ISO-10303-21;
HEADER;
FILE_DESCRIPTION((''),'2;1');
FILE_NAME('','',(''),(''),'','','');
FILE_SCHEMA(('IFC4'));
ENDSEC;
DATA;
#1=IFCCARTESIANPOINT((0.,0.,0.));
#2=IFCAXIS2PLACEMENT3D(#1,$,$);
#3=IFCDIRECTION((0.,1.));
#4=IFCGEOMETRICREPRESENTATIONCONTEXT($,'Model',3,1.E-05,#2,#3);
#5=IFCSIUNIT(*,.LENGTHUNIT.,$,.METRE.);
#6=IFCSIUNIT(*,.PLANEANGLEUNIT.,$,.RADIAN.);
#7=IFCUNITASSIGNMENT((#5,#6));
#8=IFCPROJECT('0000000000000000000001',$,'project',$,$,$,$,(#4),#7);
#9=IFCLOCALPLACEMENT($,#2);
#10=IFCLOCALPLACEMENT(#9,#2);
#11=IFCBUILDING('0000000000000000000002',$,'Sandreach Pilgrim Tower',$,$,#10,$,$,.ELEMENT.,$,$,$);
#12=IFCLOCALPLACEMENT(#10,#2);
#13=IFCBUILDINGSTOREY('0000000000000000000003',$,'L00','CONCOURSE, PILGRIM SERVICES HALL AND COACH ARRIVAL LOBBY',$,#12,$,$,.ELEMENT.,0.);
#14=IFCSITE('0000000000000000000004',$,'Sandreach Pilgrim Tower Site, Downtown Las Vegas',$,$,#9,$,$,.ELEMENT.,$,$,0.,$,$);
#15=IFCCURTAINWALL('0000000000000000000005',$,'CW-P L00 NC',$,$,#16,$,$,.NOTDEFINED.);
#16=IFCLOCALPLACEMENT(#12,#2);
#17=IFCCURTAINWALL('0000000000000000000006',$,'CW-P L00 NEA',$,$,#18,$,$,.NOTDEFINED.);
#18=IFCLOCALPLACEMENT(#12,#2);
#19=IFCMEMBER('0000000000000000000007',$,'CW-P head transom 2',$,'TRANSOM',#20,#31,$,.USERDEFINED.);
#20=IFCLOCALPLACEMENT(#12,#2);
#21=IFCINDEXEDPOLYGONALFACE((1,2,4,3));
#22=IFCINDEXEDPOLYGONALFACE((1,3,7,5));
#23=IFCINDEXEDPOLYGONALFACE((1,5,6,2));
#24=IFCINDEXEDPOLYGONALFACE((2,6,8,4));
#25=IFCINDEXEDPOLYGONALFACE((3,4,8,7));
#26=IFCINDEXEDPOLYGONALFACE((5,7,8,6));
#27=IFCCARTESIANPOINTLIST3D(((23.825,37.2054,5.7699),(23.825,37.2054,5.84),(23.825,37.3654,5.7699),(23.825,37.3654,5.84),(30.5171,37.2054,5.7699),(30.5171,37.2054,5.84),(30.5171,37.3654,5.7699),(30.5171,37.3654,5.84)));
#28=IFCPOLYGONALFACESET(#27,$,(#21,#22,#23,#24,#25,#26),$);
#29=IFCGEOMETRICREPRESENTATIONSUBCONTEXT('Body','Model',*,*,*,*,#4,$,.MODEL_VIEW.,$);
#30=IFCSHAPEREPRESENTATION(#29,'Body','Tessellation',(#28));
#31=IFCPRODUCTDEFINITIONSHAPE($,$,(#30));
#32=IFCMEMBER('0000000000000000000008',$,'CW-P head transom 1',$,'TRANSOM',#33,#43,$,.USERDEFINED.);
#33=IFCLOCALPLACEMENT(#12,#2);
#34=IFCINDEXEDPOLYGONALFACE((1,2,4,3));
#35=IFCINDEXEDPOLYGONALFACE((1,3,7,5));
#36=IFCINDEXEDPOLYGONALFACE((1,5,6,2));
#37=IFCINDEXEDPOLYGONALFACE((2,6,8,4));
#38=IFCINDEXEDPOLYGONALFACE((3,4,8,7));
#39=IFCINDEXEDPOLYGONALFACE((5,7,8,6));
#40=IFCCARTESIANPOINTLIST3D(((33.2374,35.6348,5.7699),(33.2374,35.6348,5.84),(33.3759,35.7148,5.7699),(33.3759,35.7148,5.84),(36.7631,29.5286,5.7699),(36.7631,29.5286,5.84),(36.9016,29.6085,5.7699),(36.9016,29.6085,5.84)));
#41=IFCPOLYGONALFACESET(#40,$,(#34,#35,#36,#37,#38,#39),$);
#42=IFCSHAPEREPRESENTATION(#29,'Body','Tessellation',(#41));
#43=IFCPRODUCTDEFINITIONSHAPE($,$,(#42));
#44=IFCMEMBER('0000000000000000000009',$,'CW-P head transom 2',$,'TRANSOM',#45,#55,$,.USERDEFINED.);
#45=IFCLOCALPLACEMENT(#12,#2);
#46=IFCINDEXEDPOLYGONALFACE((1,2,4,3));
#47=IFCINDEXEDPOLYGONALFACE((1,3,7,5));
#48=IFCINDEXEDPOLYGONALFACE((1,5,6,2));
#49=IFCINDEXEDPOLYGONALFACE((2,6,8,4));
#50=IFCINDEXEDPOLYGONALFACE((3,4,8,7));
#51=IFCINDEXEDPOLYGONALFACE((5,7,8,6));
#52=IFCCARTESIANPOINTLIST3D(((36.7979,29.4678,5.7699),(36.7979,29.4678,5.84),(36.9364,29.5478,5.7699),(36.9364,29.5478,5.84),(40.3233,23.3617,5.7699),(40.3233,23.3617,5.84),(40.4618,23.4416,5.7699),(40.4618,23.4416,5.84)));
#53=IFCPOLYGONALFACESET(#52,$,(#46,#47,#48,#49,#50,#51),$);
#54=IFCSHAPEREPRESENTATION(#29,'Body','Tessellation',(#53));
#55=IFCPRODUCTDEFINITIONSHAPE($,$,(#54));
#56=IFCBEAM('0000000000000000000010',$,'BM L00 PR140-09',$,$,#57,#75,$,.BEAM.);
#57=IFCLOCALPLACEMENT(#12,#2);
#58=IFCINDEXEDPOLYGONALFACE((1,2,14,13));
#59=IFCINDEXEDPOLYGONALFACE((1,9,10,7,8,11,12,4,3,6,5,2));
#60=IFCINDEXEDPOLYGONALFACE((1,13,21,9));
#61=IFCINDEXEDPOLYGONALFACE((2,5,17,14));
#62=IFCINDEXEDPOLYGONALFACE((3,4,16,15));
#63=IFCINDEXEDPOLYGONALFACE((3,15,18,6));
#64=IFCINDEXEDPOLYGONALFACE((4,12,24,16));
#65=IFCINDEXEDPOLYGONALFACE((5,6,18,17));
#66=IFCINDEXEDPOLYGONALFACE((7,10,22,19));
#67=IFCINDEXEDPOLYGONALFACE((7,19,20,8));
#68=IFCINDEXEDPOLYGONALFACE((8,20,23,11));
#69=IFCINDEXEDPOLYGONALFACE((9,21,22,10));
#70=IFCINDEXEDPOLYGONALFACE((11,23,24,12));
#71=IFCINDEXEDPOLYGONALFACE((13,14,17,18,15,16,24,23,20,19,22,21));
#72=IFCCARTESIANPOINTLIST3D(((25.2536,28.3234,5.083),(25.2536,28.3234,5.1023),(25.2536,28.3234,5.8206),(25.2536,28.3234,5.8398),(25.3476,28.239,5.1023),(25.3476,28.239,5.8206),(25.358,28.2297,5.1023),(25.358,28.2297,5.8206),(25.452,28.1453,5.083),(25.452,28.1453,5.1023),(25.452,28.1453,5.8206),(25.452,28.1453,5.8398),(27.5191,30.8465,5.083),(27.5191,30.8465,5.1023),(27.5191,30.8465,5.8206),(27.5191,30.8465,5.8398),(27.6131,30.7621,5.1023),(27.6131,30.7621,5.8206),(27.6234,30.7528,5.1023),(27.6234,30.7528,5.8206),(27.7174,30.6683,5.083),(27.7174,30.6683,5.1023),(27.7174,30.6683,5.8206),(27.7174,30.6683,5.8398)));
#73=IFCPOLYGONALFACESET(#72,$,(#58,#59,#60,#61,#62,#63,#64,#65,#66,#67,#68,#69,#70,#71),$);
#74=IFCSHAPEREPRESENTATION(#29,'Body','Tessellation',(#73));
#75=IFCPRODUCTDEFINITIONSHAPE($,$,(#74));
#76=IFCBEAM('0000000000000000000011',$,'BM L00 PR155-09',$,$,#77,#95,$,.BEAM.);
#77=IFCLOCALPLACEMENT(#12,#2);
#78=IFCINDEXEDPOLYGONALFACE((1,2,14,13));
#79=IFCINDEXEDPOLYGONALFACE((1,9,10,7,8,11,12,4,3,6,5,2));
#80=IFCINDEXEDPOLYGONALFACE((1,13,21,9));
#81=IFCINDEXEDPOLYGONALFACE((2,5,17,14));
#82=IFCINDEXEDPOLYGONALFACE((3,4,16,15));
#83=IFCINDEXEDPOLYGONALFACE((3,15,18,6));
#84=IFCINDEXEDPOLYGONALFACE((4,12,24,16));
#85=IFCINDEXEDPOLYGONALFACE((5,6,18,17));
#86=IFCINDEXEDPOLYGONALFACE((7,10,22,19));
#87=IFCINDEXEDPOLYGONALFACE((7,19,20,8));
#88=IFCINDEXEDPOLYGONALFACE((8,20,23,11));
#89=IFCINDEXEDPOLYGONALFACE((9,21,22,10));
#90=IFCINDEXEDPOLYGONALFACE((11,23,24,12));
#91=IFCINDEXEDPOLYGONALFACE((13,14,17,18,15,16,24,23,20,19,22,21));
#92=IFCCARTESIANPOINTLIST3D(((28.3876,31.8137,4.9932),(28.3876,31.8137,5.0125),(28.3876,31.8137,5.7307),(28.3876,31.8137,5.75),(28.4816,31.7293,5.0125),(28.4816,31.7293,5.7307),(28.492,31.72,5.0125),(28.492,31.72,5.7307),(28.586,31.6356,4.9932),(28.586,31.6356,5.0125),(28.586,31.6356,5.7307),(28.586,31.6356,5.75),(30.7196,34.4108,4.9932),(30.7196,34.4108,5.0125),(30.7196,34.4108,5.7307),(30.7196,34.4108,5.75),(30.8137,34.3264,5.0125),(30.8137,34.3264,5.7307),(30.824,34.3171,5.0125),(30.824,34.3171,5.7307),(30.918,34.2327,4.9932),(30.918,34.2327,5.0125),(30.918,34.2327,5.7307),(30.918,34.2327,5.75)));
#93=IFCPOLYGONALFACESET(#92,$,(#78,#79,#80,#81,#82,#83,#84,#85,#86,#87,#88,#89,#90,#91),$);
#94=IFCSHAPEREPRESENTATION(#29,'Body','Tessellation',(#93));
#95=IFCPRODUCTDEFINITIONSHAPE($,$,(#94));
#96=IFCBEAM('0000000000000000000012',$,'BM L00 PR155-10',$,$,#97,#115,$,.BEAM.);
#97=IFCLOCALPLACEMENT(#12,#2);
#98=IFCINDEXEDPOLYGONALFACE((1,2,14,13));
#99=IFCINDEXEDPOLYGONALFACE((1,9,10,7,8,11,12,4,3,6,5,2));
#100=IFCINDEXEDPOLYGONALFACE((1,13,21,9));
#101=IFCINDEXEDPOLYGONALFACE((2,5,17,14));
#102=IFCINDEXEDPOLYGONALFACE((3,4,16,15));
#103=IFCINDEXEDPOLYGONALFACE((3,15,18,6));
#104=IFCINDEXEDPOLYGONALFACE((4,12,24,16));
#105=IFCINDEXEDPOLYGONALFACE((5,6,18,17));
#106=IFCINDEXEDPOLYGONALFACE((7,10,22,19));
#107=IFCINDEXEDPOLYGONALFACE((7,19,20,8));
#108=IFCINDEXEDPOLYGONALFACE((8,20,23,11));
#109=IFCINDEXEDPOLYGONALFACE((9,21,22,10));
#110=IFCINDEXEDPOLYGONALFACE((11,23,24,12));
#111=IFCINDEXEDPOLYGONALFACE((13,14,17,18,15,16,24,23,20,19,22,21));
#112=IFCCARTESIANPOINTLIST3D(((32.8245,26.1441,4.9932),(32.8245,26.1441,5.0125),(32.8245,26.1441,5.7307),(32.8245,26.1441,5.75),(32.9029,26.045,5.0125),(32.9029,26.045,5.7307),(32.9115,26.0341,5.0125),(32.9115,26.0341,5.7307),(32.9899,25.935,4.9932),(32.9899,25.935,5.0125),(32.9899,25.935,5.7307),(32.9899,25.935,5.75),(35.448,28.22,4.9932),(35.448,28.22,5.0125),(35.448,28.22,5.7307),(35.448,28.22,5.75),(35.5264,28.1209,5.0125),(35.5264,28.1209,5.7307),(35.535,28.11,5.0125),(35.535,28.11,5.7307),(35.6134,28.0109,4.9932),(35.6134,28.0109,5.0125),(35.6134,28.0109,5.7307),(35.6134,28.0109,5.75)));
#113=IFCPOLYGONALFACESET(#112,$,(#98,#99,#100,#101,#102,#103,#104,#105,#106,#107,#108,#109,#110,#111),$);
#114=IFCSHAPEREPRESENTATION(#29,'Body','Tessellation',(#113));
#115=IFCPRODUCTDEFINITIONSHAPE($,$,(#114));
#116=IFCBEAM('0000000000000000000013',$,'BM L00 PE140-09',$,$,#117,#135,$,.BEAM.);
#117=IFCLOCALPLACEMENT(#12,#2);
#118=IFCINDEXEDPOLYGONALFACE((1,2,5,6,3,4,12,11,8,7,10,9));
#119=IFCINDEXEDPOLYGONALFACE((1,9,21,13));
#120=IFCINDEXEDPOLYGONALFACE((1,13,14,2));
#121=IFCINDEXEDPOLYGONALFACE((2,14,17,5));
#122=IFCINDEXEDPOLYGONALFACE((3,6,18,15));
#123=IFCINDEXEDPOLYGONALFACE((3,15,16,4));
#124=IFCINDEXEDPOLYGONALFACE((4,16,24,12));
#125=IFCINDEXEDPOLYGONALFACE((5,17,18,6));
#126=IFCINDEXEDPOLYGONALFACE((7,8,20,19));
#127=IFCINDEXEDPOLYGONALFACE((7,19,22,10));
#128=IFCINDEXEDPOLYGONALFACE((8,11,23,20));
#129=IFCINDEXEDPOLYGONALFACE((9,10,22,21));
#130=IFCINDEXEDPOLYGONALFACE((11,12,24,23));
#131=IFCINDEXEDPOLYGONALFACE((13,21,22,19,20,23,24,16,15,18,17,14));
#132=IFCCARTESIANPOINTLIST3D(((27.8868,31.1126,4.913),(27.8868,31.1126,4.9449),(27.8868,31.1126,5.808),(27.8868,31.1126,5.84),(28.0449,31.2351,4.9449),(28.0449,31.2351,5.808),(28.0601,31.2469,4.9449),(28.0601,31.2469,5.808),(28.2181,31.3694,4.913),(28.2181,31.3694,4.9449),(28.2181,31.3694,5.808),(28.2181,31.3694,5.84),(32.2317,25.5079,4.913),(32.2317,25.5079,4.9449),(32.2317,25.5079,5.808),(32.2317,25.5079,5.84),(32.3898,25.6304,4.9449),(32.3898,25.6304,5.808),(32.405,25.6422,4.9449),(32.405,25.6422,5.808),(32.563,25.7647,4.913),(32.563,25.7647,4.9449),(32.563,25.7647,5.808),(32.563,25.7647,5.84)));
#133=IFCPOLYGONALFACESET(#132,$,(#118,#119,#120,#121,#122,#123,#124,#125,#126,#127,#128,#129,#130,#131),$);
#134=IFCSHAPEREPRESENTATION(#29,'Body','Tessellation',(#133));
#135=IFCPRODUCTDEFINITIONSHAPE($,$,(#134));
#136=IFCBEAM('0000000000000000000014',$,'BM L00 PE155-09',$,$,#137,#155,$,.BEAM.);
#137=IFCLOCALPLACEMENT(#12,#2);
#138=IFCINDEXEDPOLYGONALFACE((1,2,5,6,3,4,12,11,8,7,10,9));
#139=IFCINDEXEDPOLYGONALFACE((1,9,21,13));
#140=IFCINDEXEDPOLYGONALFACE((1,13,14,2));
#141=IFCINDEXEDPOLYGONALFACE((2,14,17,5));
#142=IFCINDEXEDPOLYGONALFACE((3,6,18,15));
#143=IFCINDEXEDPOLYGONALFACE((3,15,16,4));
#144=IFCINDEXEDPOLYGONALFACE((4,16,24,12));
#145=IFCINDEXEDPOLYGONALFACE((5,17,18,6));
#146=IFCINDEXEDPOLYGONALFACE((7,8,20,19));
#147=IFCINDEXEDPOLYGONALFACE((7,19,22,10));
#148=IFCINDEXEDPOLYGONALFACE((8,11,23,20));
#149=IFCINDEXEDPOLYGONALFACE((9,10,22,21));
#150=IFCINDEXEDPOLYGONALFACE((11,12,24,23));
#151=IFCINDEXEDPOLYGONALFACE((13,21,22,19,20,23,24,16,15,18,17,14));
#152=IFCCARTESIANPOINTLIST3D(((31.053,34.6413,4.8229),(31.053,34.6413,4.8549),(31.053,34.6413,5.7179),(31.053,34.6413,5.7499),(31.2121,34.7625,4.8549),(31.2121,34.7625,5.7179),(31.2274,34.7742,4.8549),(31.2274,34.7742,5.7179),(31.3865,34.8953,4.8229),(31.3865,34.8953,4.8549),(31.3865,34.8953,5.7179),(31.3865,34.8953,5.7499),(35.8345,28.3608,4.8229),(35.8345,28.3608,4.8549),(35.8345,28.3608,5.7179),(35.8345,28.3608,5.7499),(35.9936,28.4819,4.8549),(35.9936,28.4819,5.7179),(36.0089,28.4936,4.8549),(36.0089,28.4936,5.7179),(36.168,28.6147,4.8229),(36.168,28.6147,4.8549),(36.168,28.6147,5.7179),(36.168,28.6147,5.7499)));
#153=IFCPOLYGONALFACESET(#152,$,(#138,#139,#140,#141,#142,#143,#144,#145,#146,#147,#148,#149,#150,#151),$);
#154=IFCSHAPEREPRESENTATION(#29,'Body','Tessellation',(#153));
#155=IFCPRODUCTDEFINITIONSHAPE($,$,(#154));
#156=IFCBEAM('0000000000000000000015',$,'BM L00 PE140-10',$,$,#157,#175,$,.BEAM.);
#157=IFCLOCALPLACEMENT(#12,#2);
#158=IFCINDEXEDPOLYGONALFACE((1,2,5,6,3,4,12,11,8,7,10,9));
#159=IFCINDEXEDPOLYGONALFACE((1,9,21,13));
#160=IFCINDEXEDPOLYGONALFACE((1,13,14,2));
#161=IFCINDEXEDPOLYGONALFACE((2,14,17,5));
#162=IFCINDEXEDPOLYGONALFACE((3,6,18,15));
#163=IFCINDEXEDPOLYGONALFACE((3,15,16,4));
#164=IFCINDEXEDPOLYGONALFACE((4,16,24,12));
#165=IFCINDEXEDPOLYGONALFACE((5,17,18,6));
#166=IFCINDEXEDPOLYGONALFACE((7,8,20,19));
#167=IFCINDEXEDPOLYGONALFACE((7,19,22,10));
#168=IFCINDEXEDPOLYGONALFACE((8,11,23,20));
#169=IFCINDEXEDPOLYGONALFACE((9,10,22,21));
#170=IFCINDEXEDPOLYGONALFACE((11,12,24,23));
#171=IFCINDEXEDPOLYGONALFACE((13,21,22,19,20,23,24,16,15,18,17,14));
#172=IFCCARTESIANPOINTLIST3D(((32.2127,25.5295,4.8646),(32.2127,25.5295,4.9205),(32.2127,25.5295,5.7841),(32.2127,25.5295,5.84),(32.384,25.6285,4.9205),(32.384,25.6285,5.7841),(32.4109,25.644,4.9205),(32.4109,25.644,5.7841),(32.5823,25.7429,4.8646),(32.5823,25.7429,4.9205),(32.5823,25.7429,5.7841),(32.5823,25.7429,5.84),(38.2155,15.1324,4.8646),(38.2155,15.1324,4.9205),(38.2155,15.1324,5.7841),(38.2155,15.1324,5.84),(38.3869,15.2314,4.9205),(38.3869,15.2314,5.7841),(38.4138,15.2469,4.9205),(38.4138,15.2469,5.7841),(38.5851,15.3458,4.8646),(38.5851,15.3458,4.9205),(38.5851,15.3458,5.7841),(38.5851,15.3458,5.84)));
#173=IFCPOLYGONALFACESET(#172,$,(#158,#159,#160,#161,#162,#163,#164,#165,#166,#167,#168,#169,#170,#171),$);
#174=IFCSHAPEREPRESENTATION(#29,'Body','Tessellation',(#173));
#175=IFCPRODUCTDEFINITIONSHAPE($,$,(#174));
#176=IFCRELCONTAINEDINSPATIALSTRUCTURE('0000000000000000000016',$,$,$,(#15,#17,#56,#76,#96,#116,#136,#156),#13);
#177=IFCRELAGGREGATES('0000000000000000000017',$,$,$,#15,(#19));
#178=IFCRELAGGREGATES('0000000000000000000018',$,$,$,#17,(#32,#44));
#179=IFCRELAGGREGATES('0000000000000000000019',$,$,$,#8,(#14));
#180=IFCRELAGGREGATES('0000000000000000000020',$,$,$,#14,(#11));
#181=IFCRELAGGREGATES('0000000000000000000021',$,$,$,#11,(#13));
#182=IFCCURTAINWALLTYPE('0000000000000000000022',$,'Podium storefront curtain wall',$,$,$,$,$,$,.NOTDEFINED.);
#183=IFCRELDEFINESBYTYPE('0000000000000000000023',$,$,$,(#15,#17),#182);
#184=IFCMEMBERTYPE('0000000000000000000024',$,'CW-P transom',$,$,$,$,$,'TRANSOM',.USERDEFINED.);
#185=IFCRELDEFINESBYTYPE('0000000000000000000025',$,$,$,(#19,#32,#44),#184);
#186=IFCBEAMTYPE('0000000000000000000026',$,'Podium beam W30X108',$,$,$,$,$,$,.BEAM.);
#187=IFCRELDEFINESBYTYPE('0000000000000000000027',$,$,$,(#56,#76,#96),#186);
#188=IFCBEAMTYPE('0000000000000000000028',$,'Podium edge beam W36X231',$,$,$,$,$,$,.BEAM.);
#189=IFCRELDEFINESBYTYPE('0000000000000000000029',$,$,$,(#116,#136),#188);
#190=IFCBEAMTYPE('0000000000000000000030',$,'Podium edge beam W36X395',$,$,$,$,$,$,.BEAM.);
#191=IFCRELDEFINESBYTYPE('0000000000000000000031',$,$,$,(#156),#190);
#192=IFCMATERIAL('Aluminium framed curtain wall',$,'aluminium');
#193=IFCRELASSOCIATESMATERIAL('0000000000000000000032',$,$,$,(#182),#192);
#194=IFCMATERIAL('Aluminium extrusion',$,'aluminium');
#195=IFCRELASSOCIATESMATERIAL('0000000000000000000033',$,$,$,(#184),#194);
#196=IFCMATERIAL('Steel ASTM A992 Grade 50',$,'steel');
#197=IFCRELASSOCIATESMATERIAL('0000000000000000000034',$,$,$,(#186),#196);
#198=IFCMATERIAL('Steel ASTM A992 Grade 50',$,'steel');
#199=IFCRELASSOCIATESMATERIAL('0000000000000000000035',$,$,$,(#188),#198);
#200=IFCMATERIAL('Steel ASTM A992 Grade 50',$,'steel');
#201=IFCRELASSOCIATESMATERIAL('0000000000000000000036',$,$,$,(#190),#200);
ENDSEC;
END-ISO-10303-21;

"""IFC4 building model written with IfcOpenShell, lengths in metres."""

from ifc_helpers import new_model, si_unit, direction, frame, origin, origin_2d, place, context, subcontext, project, spatial, rectangle, i_section, extrude, material, material_profile, profile_set, type_object, element, aggregate, save


model = new_model("IFC4")

# Units and contexts
model_context = context("Model", 3, precision=1e-05, world=origin(), true_north=direction((0.0, 1.0)))
body_context = subcontext(model_context, "Body", "Model", "MODEL_VIEW")
ifc_project = project(units=[si_unit("LENGTHUNIT", "METRE"), si_unit("PLANEANGLEUNIT", "RADIAN")], contexts=[model_context])

# Site, building, storey
site_placement = place(None, origin())
site = spatial("IfcSite", under=ifc_project, at=site_placement, Name="Sandreach Pilgrim Tower Site, Downtown Las Vegas", CompositionType="ELEMENT", RefElevation=0.0)
building_placement = place(site_placement, origin())
building = spatial("IfcBuilding", under=site, at=building_placement, Name="Sandreach Pilgrim Tower", CompositionType="ELEMENT")
storey_placement = place(building_placement, origin())
storey = spatial("IfcBuildingStorey", under=building, at=storey_placement, Name="L00", Description="CONCOURSE, PILGRIM SERVICES HALL AND COACH ARRIVAL LOBBY", CompositionType="ELEMENT", Elevation=0.0)

# Curtain walls
ifc_material_1 = material(Name="Aluminium framed curtain wall", Category="aluminium")
curtain_wall_type = type_object("IfcCurtainWallType", Name="Podium storefront curtain wall", PredefinedType="NOTDEFINED", material=ifc_material_1)
curtain_wall_1_placement = place(storey_placement, origin())
curtain_wall_1 = element("IfcCurtainWall", 1, at=curtain_wall_1_placement, inside=storey, type_object=curtain_wall_type, Name="CW-P L00 NC", PredefinedType="NOTDEFINED")
curtain_wall_2_placement = place(storey_placement, origin())
curtain_wall_2 = element("IfcCurtainWall", 2, at=curtain_wall_2_placement, inside=storey, type_object=curtain_wall_type, Name="CW-P L00 NEA", PredefinedType="NOTDEFINED")

# Members
ifc_material_2 = material(Name="Aluminium extrusion", Category="aluminium")
ifc_material_profile_1 = material_profile(ifc_material_2, rectangle(XDim=0.1599, YDim=0.0701, at=origin_2d()), Name="CW-PT 160X70")
ifc_profile_set_1 = profile_set([ifc_material_profile_1], Name="Aluminium extrusion")
member_type_1 = type_object("IfcMemberType", Name="CW-P transom", ElementType="TRANSOM", PredefinedType="USERDEFINED", material=ifc_profile_set_1)
member_1_placement = place(storey_placement, frame((23.825, 37.2854, 5.8049), z_axis=(1.0, 0.0, 0.0), x_axis=(0.0, 1.0, 0.0)))
member_1 = element("IfcMember", 3, at=member_1_placement, type_object=member_type_1, Name="CW-P head transom 2", ObjectType="TRANSOM", PredefinedType="USERDEFINED", context=body_context, shape_type="SweptSolid", body=[
    extrude(rectangle(XDim=0.1599, YDim=0.0701, at=origin_2d()), origin(), (0.0, 0.0, 1.0), 6.6921),
])
member_2_placement = place(storey_placement, frame((33.3066, 35.6748, 5.8049), z_axis=(0.500023, -0.866012, 0.0), x_axis=(0.866012, 0.500023, 0.0)))
member_2 = element("IfcMember", 4, at=member_2_placement, type_object=member_type_1, Name="CW-P head transom 1", ObjectType="TRANSOM", PredefinedType="USERDEFINED", context=body_context, shape_type="SweptSolid", body=[
    extrude(rectangle(XDim=0.1599, YDim=0.0701, at=origin_2d()), origin(), (0.0, 0.0, 1.0), 7.051),
])
member_3_placement = place(storey_placement, frame((36.8672, 29.5078, 5.8049), z_axis=(0.499997, -0.866027, 0.0), x_axis=(0.866027, 0.499997, 0.0)))
member_3 = element("IfcMember", 5, at=member_3_placement, type_object=member_type_1, Name="CW-P head transom 2", ObjectType="TRANSOM", PredefinedType="USERDEFINED", context=body_context, shape_type="SweptSolid", body=[
    extrude(rectangle(XDim=0.1599, YDim=0.0701, at=origin_2d()), origin(), (0.0, 0.0, 1.0), 7.0508),
])

# Beams
ifc_material_3 = material(Name="Steel ASTM A992 Grade 50", Category="steel")
ifc_material_profile_2 = material_profile(ifc_material_3, i_section(OverallWidth=0.2666, OverallDepth=0.7568, WebThickness=0.0139, FlangeThickness=0.0193, at=origin_2d()), Name="W30X108")
ifc_profile_set_2 = profile_set([ifc_material_profile_2], Name="Steel ASTM A992 Grade 50")
beam_type_1 = type_object("IfcBeamType", Name="Podium beam W30X108", PredefinedType="BEAM", material=ifc_profile_set_2)
beam_1_placement = place(storey_placement, frame((25.3528, 28.2344, 5.4614), z_axis=(0.668105, 0.744067, 0.0), x_axis=(-0.744067, 0.668105, 0.0)))
element("IfcBeam", 6, at=beam_1_placement, inside=storey, type_object=beam_type_1, Name="BM L00 PR140-09", PredefinedType="BEAM", context=body_context, shape_type="SweptSolid", body=[
    extrude(i_section(OverallWidth=0.2666, OverallDepth=0.7568, WebThickness=0.0139, FlangeThickness=0.0193, at=origin_2d()), origin(), (0.0, 0.0, 1.0), 3.3909),
])
beam_2_placement = place(storey_placement, frame((28.4868, 31.7246, 5.3716), z_axis=(0.668106, 0.744066, 0.0), x_axis=(-0.744066, 0.668106, 0.0)))
element("IfcBeam", 7, at=beam_2_placement, inside=storey, type_object=beam_type_1, Name="BM L00 PR155-09", PredefinedType="BEAM", context=body_context, shape_type="SweptSolid", body=[
    extrude(i_section(OverallWidth=0.2666, OverallDepth=0.7568, WebThickness=0.0139, FlangeThickness=0.0193, at=origin_2d()), origin(), (0.0, 0.0, 1.0), 3.4905),
])
beam_3_placement = place(storey_placement, frame((32.9072, 26.0396, 5.3716), z_axis=(0.784197, 0.620512, 0.0), x_axis=(-0.620512, 0.784197, 0.0)))
element("IfcBeam", 8, at=beam_3_placement, inside=storey, type_object=beam_type_1, Name="BM L00 PR155-10", PredefinedType="BEAM", context=body_context, shape_type="SweptSolid", body=[
    extrude(i_section(OverallWidth=0.2666, OverallDepth=0.7568, WebThickness=0.0139, FlangeThickness=0.0193, at=origin_2d()), origin(), (0.0, 0.0, 1.0), 3.3455),
])
ifc_material_4 = material(Name="Steel ASTM A992 Grade 50", Category="steel")
ifc_material_profile_3 = material_profile(ifc_material_4, i_section(OverallWidth=0.4192, OverallDepth=0.927, WebThickness=0.0193, FlangeThickness=0.032, at=origin_2d()), Name="W36X231")
ifc_profile_set_3 = profile_set([ifc_material_profile_3], Name="Steel ASTM A992 Grade 50")
beam_type_2 = type_object("IfcBeamType", Name="Podium edge beam W36X231", PredefinedType="BEAM", material=ifc_profile_set_3)
beam_4_placement = place(storey_placement, frame((28.0525, 31.241, 5.3765), z_axis=(0.612686, -0.790326, 0.0), x_axis=(0.790326, 0.612686, 0.0)))
element("IfcBeam", 9, at=beam_4_placement, inside=storey, type_object=beam_type_2, Name="BM L00 PE140-09", PredefinedType="BEAM", context=body_context, shape_type="SweptSolid", body=[
    extrude(i_section(OverallWidth=0.4192, OverallDepth=0.927, WebThickness=0.0193, FlangeThickness=0.032, at=origin_2d()), origin(), (0.0, 0.0, 1.0), 7.0916),
])
beam_5_placement = place(storey_placement, frame((31.2197, 34.7683, 5.2864), z_axis=(0.60575, -0.795655, 0.0), x_axis=(0.795655, 0.60575, 0.0)))
element("IfcBeam", 10, at=beam_5_placement, inside=storey, type_object=beam_type_2, Name="BM L00 PE155-09", PredefinedType="BEAM", context=body_context, shape_type="SweptSolid", body=[
    extrude(i_section(OverallWidth=0.4192, OverallDepth=0.927, WebThickness=0.0193, FlangeThickness=0.032, at=origin_2d()), origin(), (0.0, 0.0, 1.0), 7.8936),
])
ifc_material_5 = material(Name="Steel ASTM A992 Grade 50", Category="steel")
ifc_material_profile_4 = material_profile(ifc_material_5, i_section(OverallWidth=0.4268, OverallDepth=0.9753, WebThickness=0.031, FlangeThickness=0.0559, at=origin_2d()), Name="W36X395")
ifc_profile_set_4 = profile_set([ifc_material_profile_4], Name="Steel ASTM A992 Grade 50")
beam_type_3 = type_object("IfcBeamType", Name="Podium edge beam W36X395", PredefinedType="BEAM", material=ifc_profile_set_4)
beam_6_placement = place(storey_placement, frame((32.3975, 25.6362, 5.3523), z_axis=(0.500006, -0.866022, 0.0), x_axis=(0.866022, 0.500006, 0.0)))
element("IfcBeam", 11, at=beam_6_placement, inside=storey, type_object=beam_type_3, Name="BM L00 PE140-10", PredefinedType="BEAM", context=body_context, shape_type="SweptSolid", body=[
    extrude(i_section(OverallWidth=0.4268, OverallDepth=0.9753, WebThickness=0.031, FlangeThickness=0.0559, at=origin_2d()), origin(), (0.0, 0.0, 1.0), 12.0056),
])

aggregate(curtain_wall_1, [member_1])
aggregate(curtain_wall_2, [member_2, member_3])

save(model, "model.ifc")
